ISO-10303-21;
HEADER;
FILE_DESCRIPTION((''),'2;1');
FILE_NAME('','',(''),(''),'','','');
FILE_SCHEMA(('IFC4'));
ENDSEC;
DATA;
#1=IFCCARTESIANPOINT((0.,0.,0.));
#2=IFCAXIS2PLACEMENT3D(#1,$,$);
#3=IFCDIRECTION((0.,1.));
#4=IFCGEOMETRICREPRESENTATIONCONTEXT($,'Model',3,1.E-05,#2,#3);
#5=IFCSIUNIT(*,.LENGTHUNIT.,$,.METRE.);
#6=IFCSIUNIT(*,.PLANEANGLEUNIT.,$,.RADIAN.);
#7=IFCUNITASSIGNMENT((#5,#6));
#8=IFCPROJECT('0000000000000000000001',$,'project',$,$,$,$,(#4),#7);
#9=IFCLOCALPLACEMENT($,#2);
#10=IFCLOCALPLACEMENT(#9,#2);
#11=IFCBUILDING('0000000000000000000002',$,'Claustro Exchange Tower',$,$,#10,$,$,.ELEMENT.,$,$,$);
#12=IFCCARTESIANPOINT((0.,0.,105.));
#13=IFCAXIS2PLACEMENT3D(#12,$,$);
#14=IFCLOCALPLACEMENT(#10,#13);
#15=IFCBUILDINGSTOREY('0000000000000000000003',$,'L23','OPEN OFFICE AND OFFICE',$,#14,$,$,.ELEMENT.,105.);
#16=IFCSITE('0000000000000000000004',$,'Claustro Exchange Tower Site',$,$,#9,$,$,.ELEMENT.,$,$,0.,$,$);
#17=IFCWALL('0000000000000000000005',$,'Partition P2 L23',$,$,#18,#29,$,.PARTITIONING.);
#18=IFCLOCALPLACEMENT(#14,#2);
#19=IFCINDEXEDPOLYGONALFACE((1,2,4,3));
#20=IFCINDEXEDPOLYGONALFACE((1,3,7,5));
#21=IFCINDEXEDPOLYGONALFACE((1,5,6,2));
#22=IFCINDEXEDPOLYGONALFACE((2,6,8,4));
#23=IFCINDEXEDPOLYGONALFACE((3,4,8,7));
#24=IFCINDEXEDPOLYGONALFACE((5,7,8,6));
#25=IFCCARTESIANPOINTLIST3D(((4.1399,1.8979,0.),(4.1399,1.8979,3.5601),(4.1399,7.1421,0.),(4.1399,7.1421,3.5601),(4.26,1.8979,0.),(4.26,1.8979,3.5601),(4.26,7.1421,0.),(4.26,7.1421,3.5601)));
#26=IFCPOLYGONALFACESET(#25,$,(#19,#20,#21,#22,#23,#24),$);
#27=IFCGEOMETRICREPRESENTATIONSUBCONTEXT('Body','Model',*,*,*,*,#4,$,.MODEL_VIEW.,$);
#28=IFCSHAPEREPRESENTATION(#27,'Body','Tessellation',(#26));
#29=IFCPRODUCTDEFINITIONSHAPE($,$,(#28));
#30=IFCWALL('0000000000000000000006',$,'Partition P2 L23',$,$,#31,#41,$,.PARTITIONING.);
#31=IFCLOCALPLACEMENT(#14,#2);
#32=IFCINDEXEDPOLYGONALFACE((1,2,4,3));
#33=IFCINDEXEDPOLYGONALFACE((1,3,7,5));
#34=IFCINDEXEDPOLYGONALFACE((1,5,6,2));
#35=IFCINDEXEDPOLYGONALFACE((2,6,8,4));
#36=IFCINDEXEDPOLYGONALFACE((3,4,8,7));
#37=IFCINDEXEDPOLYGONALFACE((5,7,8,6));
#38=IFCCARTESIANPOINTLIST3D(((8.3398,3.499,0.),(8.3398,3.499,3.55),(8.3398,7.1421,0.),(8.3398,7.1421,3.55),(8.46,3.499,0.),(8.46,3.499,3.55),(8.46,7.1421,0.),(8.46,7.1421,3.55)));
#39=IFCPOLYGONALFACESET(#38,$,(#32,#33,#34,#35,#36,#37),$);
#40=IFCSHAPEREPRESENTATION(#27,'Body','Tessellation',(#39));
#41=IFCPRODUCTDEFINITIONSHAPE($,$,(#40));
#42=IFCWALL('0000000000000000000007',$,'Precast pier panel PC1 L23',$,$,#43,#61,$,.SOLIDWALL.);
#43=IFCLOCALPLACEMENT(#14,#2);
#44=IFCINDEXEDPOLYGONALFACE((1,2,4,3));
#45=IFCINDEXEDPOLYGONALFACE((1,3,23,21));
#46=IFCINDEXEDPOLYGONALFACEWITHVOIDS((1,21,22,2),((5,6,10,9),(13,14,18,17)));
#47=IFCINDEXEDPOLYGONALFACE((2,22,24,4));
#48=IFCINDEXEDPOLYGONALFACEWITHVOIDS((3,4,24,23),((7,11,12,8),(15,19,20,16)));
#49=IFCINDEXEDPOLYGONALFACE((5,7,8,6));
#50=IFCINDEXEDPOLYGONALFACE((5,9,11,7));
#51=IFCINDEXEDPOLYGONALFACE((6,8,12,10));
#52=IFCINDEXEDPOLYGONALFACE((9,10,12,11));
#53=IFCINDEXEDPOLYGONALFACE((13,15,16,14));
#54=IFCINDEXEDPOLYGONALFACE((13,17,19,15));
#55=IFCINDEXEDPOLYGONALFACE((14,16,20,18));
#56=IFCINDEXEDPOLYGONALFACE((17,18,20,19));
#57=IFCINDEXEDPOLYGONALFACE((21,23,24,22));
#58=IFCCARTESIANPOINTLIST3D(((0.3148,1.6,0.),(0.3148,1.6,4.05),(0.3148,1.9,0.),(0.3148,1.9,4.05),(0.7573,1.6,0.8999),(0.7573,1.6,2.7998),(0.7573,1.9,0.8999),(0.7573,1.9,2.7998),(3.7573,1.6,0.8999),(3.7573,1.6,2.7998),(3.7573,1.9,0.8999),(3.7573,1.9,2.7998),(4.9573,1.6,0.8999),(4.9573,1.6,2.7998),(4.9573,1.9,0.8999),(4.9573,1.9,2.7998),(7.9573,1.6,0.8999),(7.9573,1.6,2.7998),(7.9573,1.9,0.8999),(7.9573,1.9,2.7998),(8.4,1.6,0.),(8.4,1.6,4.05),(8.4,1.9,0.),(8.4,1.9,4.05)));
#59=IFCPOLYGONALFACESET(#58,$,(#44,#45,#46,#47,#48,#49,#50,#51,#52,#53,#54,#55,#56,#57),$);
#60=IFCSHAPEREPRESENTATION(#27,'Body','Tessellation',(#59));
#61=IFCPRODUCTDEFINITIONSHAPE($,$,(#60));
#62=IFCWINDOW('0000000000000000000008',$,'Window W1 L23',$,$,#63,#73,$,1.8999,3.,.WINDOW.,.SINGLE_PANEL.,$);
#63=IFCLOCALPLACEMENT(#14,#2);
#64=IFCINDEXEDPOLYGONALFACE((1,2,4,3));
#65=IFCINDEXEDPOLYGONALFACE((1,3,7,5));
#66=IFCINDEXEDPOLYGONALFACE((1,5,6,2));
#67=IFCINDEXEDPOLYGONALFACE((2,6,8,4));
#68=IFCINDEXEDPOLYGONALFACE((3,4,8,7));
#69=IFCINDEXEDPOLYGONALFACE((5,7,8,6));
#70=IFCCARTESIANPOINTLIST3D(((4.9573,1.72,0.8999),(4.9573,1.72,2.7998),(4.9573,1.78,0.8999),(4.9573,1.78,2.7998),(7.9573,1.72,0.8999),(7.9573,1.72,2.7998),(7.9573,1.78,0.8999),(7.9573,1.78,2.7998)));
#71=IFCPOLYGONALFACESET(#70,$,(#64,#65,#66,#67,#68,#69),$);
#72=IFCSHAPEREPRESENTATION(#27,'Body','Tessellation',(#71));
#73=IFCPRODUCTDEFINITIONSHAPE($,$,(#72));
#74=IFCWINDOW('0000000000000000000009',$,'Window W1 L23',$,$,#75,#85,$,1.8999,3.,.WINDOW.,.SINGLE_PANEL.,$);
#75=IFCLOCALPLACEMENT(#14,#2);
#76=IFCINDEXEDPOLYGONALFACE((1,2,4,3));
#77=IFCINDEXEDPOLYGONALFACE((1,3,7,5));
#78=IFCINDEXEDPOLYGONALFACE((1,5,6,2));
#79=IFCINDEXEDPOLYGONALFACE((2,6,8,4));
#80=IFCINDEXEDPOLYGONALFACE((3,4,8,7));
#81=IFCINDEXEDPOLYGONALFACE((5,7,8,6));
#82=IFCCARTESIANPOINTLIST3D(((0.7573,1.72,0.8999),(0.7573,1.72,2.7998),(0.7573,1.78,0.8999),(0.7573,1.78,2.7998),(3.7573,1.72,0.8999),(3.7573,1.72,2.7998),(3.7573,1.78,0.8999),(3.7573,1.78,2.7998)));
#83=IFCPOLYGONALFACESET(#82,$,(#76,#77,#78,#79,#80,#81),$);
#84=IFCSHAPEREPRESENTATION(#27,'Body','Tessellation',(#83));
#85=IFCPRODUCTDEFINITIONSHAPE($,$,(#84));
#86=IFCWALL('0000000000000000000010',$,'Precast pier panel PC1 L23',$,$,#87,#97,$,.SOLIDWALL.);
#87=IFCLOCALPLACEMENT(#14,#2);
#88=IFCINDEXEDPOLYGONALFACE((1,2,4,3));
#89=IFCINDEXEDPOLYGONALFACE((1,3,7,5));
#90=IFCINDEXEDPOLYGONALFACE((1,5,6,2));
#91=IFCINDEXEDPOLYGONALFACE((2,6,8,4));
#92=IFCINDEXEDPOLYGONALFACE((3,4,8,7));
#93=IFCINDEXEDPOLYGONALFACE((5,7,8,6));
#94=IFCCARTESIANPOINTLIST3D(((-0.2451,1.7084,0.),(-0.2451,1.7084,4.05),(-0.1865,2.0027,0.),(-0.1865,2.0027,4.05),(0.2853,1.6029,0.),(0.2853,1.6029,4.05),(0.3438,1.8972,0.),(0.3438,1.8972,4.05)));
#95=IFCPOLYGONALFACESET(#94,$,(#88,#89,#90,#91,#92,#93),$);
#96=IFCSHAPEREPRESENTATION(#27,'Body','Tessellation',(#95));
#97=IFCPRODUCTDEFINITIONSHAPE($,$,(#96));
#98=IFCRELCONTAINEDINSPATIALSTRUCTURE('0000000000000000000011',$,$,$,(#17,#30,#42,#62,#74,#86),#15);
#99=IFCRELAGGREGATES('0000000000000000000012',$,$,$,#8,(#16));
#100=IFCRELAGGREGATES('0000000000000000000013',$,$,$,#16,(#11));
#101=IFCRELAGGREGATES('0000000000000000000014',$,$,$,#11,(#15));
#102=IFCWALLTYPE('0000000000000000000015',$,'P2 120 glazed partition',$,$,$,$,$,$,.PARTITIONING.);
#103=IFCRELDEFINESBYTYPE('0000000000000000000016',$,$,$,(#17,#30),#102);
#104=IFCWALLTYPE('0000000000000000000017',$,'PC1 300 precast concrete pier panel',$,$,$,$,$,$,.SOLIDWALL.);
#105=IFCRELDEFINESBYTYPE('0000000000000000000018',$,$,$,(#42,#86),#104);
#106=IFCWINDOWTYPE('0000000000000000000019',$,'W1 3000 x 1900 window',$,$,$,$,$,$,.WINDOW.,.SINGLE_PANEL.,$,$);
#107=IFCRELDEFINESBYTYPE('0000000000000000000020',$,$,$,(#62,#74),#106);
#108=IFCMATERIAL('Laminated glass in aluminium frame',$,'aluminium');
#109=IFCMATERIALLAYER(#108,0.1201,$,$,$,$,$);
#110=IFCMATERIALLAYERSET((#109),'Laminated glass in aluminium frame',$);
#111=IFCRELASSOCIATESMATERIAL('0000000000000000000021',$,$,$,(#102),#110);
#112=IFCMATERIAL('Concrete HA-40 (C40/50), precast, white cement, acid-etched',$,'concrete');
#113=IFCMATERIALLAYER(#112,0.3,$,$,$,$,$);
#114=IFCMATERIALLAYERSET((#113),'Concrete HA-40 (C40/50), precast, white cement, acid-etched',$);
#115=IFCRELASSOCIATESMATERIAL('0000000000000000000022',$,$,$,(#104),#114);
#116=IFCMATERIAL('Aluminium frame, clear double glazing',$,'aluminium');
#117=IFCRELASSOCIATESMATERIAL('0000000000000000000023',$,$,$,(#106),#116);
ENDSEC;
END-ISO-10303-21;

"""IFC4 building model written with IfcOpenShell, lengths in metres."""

from ifc_helpers import new_model, si_unit, direction, frame, frame_2d, origin, place, context, subcontext, project, spatial, rectangle, extrude, material, layer, layer_set, type_object, element, fill, save


model = new_model("IFC4")

# Units and contexts
model_context = context("Model", 3, precision=1e-05, world=origin(), true_north=direction((0.0, 1.0)))
body_context = subcontext(model_context, "Body", "Model", "MODEL_VIEW")
ifc_project = project(units=[si_unit("LENGTHUNIT", "METRE"), si_unit("PLANEANGLEUNIT", "RADIAN")], contexts=[model_context])

# Site, building, storey
site_placement = place(None, origin())
site = spatial("IfcSite", under=ifc_project, at=site_placement, Name="Claustro Exchange Tower Site", CompositionType="ELEMENT", RefElevation=0.0)
building_placement = place(site_placement, origin())
building = spatial("IfcBuilding", under=site, at=building_placement, Name="Claustro Exchange Tower", CompositionType="ELEMENT")
storey_placement = place(building_placement, frame((0.0, 0.0, 105.0)))
storey = spatial("IfcBuildingStorey", under=building, at=storey_placement, Name="L23", Description="OPEN OFFICE AND OFFICE", CompositionType="ELEMENT", Elevation=105.0)

# Walls
ifc_material_1 = material(Name="Laminated glass in aluminium frame", Category="aluminium")
ifc_layer_1 = layer(ifc_material_1, 0.1201)
ifc_layer_set_1 = layer_set([ifc_layer_1], Name="Laminated glass in aluminium frame")
wall_type_1 = type_object("IfcWallType", Name="P2 120 glazed partition", PredefinedType="PARTITIONING", material=ifc_layer_set_1)
wall_1_placement = place(storey_placement, frame((4.2, 1.8979, 0.0), z_axis=(0.0, 0.0, 1.0), x_axis=(0.0, 1.0, 0.0)))
element("IfcWall", 1, at=wall_1_placement, inside=storey, type_object=wall_type_1, Name="Partition P2 L23", PredefinedType="PARTITIONING", context=body_context, shape_type="SweptSolid", body=[
    extrude(rectangle(XDim=5.2441, YDim=0.1201, at=frame_2d((2.6221, 0.0))), origin(), (0.0, 0.0, 1.0), 3.5601),
])
wall_2_placement = place(storey_placement, frame((8.3999, 3.499, 0.0), z_axis=(0.0, 0.0, 1.0), x_axis=(0.0, 1.0, 0.0)))
element("IfcWall", 2, at=wall_2_placement, inside=storey, type_object=wall_type_1, Name="Partition P2 L23", PredefinedType="PARTITIONING", context=body_context, shape_type="SweptSolid", body=[
    extrude(rectangle(XDim=3.6431, YDim=0.1201, at=frame_2d((1.8215, 0.0))), origin(), (0.0, 0.0, 1.0), 3.55),
])

# Wall, openings, windows
ifc_material_2 = material(Name="Concrete HA-40 (C40/50), precast, white cement, acid-etched", Category="concrete")
ifc_layer_2 = layer(ifc_material_2, 0.3)
ifc_layer_set_2 = layer_set([ifc_layer_2], Name="Concrete HA-40 (C40/50), precast, white cement, acid-etched")
wall_type_2 = type_object("IfcWallType", Name="PC1 300 precast concrete pier panel", PredefinedType="SOLIDWALL", material=ifc_layer_set_2)
wall_3_placement = place(storey_placement, frame((8.3999, 1.75, 0.0), z_axis=(0.0, 0.0, 1.0), x_axis=(-1.0, 0.0, 0.0)))
wall_3 = element("IfcWall", 3, at=wall_3_placement, inside=storey, type_object=wall_type_2, Name="Precast pier panel PC1 L23", PredefinedType="SOLIDWALL", context=body_context, shape_type="SweptSolid", body=[
    extrude(rectangle(XDim=8.0852, YDim=0.3, at=frame_2d((4.0425, 0.0))), origin(), (0.0, 0.0, 1.0), 4.05),
])
opening_1_placement = place(wall_3_placement, frame((0.4426, 0.0, 0.8999)))
opening_1 = element("IfcOpeningElement", 4, at=opening_1_placement, cuts=wall_3, PredefinedType="OPENING", context=body_context, shape_type="SweptSolid", body=[
    extrude(rectangle(XDim=3.0, YDim=1.8999, at=frame_2d((1.5, 0.95))), frame((0.0, 0.1599, 0.0), z_axis=(0.0, -1.0, 0.0), x_axis=(1.0, 0.0, 0.0)), (0.0, 0.0, 1.0), 0.3201),
])
opening_2_placement = place(wall_3_placement, frame((4.6426, 0.0, 0.8999)))
opening_2 = element("IfcOpeningElement", 5, at=opening_2_placement, cuts=wall_3, PredefinedType="OPENING", context=body_context, shape_type="SweptSolid", body=[
    extrude(rectangle(XDim=3.0, YDim=1.8999, at=frame_2d((1.5, 0.95))), frame((0.0, 0.1599, 0.0), z_axis=(0.0, -1.0, 0.0), x_axis=(1.0, 0.0, 0.0)), (0.0, 0.0, 1.0), 0.3201),
])
ifc_material_3 = material(Name="Aluminium frame, clear double glazing", Category="aluminium")
window_type = type_object("IfcWindowType", Name="W1 3000 x 1900 window", PartitioningType="SINGLE_PANEL", PredefinedType="WINDOW", material=ifc_material_3)
window_1_placement = place(opening_1_placement, origin())
window_1 = element("IfcWindow", 6, at=window_1_placement, inside=storey, type_object=window_type, Name="Window W1 L23", OverallHeight=1.8999, OverallWidth=3.0, PartitioningType="SINGLE_PANEL", PredefinedType="WINDOW", context=body_context, shape_type="SweptSolid", body=[
    extrude(rectangle(XDim=3.0, YDim=1.8999, at=frame_2d((1.5, 0.95))), frame((0.0, 0.03, 0.0), z_axis=(0.0, -1.0, 0.0), x_axis=(1.0, 0.0, 0.0)), (0.0, 0.0, 1.0), 0.0601),
])
fill(opening_1, window_1)
window_2_placement = place(opening_2_placement, origin())
window_2 = element("IfcWindow", 7, at=window_2_placement, inside=storey, type_object=window_type, Name="Window W1 L23", OverallHeight=1.8999, OverallWidth=3.0, PartitioningType="SINGLE_PANEL", PredefinedType="WINDOW", context=body_context, shape_type="SweptSolid", body=[
    extrude(rectangle(XDim=3.0, YDim=1.8999, at=frame_2d((1.5, 0.95))), frame((0.0, 0.03, 0.0), z_axis=(0.0, -1.0, 0.0), x_axis=(1.0, 0.0, 0.0)), (0.0, 0.0, 1.0), 0.0601),
])
fill(opening_2, window_2)

# Wall
wall_4_placement = place(storey_placement, frame((0.3147, 1.75, 0.0), z_axis=(0.0, 0.0, 1.0), x_axis=(-0.980789, 0.195074, 0.0)))
element("IfcWall", 8, at=wall_4_placement, inside=storey, type_object=wall_type_2, Name="Precast pier panel PC1 L23", PredefinedType="SOLIDWALL", context=body_context, shape_type="SweptSolid", body=[
    extrude(rectangle(XDim=0.5408, YDim=0.3, at=frame_2d((0.2705, 0.0))), origin(), (0.0, 0.0, 1.0), 4.05),
])

save(model, "model.ifc")
